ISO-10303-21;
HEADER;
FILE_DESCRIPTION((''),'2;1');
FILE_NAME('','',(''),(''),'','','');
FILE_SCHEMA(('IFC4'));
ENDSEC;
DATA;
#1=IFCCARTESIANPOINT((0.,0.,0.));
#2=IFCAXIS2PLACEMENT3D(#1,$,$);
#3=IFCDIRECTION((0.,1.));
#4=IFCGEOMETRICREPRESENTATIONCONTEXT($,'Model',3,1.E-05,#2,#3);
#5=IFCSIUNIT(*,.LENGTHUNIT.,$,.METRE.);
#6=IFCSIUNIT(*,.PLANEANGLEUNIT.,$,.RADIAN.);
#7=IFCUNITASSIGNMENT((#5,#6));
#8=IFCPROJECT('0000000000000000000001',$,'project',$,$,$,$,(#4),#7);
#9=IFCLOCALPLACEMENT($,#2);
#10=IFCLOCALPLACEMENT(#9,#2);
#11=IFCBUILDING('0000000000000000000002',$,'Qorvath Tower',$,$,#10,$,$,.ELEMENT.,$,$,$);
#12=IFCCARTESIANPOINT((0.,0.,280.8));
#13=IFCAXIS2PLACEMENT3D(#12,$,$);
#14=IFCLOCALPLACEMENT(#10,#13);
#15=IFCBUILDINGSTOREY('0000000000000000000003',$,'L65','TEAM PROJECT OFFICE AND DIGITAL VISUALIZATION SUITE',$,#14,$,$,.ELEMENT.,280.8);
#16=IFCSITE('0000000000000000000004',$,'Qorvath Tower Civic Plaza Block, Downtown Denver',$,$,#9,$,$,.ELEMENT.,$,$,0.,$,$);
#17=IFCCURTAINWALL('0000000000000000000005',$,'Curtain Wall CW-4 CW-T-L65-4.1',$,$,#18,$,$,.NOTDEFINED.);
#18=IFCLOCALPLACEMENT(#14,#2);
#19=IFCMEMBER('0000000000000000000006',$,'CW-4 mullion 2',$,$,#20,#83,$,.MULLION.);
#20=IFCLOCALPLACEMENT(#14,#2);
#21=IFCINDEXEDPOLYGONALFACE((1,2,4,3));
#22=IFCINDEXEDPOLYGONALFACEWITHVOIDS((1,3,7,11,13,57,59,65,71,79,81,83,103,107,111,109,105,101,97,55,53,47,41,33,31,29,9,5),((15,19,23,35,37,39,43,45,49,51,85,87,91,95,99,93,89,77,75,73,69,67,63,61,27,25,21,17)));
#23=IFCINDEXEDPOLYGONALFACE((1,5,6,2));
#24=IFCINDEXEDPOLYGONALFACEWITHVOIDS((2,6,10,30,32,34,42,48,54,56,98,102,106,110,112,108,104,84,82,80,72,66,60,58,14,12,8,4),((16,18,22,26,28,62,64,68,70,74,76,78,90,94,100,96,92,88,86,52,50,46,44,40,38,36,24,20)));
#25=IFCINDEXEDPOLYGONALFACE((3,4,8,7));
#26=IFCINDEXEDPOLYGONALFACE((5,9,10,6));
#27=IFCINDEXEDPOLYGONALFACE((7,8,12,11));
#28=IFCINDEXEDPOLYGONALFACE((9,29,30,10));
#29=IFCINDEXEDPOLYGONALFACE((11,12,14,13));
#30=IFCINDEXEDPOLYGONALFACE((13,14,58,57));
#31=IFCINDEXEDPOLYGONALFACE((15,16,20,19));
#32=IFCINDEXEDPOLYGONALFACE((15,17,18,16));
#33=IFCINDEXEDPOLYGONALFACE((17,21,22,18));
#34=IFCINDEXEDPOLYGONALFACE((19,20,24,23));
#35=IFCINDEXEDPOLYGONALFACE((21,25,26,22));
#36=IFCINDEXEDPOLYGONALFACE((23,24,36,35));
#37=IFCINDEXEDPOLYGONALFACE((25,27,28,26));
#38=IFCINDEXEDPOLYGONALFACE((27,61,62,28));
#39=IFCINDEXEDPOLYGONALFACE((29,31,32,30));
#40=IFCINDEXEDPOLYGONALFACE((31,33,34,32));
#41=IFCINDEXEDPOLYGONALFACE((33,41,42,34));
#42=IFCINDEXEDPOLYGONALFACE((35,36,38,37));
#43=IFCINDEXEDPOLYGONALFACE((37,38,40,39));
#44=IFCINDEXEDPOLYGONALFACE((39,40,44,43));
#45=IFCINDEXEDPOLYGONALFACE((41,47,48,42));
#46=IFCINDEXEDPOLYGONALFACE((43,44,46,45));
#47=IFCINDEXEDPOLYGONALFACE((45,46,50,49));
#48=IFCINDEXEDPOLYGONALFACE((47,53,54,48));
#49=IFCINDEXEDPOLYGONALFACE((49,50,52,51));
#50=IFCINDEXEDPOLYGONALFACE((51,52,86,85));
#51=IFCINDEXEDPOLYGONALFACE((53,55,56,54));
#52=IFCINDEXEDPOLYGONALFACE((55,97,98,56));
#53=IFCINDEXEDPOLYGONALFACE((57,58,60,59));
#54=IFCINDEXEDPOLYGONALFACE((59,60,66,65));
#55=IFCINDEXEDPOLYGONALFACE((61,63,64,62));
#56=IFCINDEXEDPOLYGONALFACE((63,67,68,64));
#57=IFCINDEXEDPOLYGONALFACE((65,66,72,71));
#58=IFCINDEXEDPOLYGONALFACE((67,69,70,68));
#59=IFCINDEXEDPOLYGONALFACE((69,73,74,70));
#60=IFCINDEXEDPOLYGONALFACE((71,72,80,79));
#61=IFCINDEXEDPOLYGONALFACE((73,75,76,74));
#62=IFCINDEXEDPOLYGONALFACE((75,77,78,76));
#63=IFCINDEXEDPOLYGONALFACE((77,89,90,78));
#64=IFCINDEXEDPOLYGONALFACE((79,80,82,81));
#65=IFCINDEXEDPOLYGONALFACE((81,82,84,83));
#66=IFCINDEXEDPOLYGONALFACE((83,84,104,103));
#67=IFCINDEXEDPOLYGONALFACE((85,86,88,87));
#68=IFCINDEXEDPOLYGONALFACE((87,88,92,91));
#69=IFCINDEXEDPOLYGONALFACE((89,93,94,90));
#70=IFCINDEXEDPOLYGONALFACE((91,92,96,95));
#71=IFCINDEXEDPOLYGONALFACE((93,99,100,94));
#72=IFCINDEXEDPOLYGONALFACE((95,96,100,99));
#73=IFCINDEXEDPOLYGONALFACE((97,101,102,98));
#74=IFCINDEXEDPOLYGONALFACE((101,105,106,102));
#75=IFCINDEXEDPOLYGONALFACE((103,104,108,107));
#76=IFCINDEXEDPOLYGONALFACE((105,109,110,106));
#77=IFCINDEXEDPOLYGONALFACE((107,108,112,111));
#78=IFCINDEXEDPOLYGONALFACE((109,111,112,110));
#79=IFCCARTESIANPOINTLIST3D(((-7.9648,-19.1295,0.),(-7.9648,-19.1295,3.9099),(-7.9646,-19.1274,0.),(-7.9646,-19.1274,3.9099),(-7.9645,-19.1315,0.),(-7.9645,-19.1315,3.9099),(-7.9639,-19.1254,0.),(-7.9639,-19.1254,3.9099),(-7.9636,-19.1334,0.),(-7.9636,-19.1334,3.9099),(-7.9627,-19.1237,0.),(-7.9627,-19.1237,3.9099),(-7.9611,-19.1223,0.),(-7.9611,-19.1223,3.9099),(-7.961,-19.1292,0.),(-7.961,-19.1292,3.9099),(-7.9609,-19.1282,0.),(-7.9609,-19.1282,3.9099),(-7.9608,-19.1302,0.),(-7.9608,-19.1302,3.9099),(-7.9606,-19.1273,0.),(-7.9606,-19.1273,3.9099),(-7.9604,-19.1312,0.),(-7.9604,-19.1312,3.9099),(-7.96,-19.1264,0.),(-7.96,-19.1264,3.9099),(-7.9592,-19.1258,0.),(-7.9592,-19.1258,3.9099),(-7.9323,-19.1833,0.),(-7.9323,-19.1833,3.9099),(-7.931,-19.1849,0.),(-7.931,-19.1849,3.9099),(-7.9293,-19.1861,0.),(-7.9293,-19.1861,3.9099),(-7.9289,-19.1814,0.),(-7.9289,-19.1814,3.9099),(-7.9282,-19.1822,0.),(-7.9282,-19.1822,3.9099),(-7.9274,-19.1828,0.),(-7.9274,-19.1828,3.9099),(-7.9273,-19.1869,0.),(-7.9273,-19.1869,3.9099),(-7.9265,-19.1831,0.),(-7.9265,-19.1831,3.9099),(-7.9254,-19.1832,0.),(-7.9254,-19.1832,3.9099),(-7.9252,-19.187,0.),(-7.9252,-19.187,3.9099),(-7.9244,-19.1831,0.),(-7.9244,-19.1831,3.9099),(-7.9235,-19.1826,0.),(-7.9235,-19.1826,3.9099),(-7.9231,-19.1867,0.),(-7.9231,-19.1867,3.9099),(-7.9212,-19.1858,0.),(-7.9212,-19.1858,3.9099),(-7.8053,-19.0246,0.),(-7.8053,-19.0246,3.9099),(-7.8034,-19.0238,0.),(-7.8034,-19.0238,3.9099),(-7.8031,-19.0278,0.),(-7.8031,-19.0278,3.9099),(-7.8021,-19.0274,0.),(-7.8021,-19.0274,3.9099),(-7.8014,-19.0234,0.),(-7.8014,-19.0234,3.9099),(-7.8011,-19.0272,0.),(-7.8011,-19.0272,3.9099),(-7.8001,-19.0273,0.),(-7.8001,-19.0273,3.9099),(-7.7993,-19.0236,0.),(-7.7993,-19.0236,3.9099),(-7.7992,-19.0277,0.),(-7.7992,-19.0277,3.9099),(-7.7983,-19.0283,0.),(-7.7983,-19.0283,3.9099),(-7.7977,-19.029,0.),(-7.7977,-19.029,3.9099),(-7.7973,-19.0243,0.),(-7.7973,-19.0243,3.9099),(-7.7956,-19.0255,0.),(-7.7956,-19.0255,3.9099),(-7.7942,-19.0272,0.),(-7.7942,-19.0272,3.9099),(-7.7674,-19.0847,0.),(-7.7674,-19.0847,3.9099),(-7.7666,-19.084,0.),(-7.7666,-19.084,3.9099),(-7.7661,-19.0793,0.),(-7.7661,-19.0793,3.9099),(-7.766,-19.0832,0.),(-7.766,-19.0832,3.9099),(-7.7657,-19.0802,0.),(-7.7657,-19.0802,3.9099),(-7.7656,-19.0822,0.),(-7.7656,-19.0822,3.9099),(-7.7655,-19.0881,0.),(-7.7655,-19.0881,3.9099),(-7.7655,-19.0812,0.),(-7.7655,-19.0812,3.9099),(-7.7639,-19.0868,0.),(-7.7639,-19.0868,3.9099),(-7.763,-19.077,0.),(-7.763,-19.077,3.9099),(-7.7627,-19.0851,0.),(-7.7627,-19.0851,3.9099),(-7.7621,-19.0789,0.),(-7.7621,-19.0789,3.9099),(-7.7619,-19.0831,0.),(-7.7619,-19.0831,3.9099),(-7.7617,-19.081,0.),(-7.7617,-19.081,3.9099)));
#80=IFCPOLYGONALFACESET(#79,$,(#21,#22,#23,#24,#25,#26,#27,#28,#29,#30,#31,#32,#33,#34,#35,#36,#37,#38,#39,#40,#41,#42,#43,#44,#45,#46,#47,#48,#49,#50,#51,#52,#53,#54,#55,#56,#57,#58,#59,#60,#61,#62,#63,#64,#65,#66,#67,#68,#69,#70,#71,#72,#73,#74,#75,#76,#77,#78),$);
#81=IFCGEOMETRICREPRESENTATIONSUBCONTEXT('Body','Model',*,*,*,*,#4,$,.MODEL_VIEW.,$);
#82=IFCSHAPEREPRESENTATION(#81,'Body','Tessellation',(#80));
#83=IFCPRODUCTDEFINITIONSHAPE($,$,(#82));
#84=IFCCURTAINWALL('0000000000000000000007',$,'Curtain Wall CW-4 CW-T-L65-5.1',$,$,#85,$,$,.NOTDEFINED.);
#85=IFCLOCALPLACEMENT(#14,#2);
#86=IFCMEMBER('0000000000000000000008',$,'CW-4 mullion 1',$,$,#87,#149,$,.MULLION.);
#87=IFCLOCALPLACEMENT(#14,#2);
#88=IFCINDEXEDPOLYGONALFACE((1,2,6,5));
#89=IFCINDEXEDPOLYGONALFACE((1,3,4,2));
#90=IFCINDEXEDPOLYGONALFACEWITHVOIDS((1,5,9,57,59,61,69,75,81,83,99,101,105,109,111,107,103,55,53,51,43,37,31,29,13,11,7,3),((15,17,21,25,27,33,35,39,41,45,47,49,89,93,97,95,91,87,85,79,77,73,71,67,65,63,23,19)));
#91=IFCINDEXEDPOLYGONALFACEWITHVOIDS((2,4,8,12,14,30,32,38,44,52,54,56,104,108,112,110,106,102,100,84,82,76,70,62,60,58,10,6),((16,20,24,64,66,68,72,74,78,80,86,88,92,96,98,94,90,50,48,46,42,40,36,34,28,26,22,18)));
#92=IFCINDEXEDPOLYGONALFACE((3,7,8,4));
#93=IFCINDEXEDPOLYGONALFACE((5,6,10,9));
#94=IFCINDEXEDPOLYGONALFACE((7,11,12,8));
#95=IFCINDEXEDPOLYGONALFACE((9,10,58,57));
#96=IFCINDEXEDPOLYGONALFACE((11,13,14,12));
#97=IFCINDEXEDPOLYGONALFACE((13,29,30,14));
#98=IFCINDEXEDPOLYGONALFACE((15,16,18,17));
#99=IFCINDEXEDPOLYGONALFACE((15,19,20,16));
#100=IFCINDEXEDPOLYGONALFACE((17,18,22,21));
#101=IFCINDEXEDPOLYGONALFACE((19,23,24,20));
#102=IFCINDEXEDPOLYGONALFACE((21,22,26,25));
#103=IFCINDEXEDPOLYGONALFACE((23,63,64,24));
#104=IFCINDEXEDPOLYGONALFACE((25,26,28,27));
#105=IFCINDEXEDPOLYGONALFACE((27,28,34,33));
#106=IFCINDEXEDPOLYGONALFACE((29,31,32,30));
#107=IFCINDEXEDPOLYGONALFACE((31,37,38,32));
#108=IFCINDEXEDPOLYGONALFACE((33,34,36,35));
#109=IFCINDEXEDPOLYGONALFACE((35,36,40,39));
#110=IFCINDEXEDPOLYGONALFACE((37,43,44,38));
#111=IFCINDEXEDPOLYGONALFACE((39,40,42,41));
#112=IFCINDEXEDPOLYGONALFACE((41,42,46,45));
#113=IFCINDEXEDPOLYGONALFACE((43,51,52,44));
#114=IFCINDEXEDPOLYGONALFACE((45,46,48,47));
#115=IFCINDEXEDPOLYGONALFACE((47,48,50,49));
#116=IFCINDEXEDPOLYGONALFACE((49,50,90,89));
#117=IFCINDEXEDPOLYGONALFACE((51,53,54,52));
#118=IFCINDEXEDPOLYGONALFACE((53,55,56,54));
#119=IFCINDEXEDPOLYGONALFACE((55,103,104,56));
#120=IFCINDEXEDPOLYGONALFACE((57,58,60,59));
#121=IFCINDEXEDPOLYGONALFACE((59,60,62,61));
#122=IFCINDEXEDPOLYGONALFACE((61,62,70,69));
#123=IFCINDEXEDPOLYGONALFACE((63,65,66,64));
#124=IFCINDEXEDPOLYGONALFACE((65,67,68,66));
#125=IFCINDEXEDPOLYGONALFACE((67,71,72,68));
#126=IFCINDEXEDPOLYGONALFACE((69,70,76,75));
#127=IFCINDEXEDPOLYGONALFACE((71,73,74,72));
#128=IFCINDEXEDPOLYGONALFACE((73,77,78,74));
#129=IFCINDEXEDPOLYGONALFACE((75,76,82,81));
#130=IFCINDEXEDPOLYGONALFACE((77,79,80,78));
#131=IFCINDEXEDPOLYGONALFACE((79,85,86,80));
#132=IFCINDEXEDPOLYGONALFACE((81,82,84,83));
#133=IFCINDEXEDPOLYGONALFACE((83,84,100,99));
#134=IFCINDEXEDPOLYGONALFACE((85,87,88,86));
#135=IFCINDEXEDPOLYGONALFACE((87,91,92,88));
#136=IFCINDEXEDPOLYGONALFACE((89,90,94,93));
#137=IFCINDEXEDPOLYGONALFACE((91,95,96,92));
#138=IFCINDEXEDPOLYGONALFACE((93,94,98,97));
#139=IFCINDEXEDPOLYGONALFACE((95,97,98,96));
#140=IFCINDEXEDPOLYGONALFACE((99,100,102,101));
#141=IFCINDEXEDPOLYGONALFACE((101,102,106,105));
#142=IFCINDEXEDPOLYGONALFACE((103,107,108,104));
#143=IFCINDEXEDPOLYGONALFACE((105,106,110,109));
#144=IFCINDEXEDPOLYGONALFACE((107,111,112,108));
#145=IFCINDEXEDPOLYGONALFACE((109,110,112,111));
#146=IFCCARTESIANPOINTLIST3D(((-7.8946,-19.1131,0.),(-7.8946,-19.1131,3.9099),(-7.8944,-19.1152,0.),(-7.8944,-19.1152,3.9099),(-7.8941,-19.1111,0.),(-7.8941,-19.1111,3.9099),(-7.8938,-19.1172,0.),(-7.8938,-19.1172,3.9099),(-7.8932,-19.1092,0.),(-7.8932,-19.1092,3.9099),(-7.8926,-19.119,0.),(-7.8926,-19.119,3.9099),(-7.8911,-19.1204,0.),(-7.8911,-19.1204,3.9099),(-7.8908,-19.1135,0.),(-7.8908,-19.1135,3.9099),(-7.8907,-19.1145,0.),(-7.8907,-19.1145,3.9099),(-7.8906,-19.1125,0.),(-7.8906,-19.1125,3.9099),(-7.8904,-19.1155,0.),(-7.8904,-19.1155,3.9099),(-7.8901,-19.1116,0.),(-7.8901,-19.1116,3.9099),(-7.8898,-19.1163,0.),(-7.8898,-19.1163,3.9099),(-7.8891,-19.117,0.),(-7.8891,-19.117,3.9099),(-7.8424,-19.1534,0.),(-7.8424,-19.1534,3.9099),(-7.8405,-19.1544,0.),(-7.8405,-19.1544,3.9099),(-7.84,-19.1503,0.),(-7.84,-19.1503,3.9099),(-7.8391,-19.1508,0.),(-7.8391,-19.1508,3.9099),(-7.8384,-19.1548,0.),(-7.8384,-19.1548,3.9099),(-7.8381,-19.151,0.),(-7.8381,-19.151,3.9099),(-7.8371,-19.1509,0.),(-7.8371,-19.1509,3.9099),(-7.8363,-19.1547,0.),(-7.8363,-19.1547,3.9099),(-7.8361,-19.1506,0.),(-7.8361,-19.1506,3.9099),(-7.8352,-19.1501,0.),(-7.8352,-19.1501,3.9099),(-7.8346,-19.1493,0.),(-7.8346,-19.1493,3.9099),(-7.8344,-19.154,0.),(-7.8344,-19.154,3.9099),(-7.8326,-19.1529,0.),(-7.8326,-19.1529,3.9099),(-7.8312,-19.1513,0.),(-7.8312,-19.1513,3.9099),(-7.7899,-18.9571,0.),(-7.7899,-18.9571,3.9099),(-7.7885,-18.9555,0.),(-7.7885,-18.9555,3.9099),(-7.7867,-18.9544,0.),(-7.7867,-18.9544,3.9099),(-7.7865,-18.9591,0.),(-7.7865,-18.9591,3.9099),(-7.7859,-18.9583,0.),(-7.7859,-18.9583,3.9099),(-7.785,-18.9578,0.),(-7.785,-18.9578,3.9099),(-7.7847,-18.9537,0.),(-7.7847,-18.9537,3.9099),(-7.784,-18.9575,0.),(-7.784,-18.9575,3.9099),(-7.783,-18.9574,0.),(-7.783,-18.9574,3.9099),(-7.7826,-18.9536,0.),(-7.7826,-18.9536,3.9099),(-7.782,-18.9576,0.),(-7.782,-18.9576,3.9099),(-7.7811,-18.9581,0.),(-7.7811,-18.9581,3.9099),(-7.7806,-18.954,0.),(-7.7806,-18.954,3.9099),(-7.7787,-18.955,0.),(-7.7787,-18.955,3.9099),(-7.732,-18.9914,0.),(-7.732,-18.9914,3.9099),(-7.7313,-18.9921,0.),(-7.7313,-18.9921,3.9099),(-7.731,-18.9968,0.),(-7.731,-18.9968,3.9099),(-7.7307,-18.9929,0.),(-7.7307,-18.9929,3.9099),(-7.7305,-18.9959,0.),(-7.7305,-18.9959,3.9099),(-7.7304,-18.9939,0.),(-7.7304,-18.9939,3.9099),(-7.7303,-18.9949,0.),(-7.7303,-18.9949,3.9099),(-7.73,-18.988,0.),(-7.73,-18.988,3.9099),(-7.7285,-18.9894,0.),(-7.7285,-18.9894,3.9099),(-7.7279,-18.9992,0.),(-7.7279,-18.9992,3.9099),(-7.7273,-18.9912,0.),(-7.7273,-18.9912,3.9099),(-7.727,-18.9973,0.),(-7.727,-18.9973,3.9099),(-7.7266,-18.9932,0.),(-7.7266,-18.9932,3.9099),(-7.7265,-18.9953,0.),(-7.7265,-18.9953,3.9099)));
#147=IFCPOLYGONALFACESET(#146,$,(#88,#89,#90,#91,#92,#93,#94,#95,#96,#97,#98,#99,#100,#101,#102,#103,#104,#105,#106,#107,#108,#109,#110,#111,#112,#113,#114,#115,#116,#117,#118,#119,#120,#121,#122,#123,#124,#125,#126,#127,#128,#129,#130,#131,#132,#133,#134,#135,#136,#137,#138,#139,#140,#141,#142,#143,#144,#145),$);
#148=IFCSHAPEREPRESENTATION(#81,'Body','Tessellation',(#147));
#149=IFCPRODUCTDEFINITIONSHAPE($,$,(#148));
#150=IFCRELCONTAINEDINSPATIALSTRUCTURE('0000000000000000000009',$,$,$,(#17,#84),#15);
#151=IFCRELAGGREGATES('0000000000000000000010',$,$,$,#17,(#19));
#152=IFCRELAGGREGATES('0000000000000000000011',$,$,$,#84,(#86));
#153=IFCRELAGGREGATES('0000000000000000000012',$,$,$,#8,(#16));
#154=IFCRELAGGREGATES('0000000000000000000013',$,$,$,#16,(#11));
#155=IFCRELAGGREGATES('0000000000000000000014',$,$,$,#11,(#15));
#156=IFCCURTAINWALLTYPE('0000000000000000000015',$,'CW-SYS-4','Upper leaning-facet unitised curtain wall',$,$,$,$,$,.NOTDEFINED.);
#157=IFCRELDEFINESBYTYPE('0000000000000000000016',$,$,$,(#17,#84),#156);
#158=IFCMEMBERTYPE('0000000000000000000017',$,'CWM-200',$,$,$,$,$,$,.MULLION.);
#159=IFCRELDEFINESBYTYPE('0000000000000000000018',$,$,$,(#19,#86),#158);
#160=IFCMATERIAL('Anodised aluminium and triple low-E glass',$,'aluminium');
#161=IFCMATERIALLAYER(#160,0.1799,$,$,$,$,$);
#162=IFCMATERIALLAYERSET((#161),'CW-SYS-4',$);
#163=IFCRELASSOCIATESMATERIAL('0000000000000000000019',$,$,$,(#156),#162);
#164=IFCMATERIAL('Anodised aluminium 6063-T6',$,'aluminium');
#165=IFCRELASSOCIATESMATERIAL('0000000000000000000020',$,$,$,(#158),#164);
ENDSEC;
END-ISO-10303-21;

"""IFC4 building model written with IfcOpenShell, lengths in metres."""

from ifc_helpers import new_model, si_unit, direction, frame, origin, origin_2d, place, context, subcontext, project, spatial, hollow_rectangle, extrude, material, layer, layer_set, material_profile, profile_set, type_object, element, aggregate, save


model = new_model("IFC4")

# Units and contexts
model_context = context("Model", 3, precision=1e-05, world=origin(), true_north=direction((0.0, 1.0)))
body_context = subcontext(model_context, "Body", "Model", "MODEL_VIEW")
ifc_project = project(units=[si_unit("LENGTHUNIT", "METRE"), si_unit("PLANEANGLEUNIT", "RADIAN")], contexts=[model_context])

# Site, building, storey
site_placement = place(None, origin())
site = spatial("IfcSite", under=ifc_project, at=site_placement, Name="Qorvath Tower Civic Plaza Block, Downtown Denver", CompositionType="ELEMENT", RefElevation=0.0)
building_placement = place(site_placement, origin())
building = spatial("IfcBuilding", under=site, at=building_placement, Name="Qorvath Tower", CompositionType="ELEMENT")
storey_placement = place(building_placement, frame((0.0, 0.0, 280.8)))
storey = spatial("IfcBuildingStorey", under=building, at=storey_placement, Name="L65", Description="TEAM PROJECT OFFICE AND DIGITAL VISUALIZATION SUITE", CompositionType="ELEMENT", Elevation=280.8)

# Shared definitions
ifc_material_1 = material(Name="Anodised aluminium and triple low-E glass", Category="aluminium")
ifc_layer_1 = layer(ifc_material_1, 0.1799)
ifc_layer_set_1 = layer_set([ifc_layer_1], Name="CW-SYS-4")
curtain_wall_type = type_object("IfcCurtainWallType", Name="CW-SYS-4", Description="Upper leaning-facet unitised curtain wall", PredefinedType="NOTDEFINED", material=ifc_layer_set_1)
ifc_material_2 = material(Name="Anodised aluminium 6063-T6", Category="aluminium")
ifc_material_profile_1 = material_profile(ifc_material_2, hollow_rectangle(XDim=0.075, YDim=0.2, WallThickness=0.0039, InnerFilletRadius=0.0039, OuterFilletRadius=0.0081, at=origin_2d()), Name="CWM 200x75")
ifc_profile_set_1 = profile_set([ifc_material_profile_1], Name="Anodised aluminium 6063-T6")
member_type_1 = type_object("IfcMemberType", Name="CWM-200", PredefinedType="MULLION", material=ifc_profile_set_1)

# Curtain wall, member
curtain_wall_1_placement = place(storey_placement, origin())
curtain_wall_1 = element("IfcCurtainWall", 1, at=curtain_wall_1_placement, inside=storey, type_object=curtain_wall_type, Name="Curtain Wall CW-4 CW-T-L65-4.1", PredefinedType="NOTDEFINED")
member_1_placement = place(storey_placement, frame((-7.8633, -19.1052, 0.0), z_axis=(0.0, 0.0, 1.0), x_axis=(-0.531481, 0.84707, 0.0)))
member_1 = element("IfcMember", 2, at=member_1_placement, type_object=member_type_1, Name="CW-4 mullion 2", PredefinedType="MULLION", context=body_context, shape_type="SweptSolid", body=[
    extrude(hollow_rectangle(XDim=0.075, YDim=0.2, WallThickness=0.0039, InnerFilletRadius=0.0039, OuterFilletRadius=0.0081, at=origin_2d()), origin(), (0.0, 0.0, 1.0), 3.9099),
])

# Curtain wall, member
curtain_wall_2_placement = place(storey_placement, origin())
curtain_wall_2 = element("IfcCurtainWall", 3, at=curtain_wall_2_placement, inside=storey, type_object=curtain_wall_type, Name="Curtain Wall CW-4 CW-T-L65-5.1", PredefinedType="NOTDEFINED")
member_2_placement = place(storey_placement, frame((-7.8105, -19.0542, 0.0), z_axis=(0.0, 0.0, 1.0), x_axis=(-0.827205, 0.5619, 0.0)))
member_2 = element("IfcMember", 4, at=member_2_placement, type_object=member_type_1, Name="CW-4 mullion 1", PredefinedType="MULLION", context=body_context, shape_type="SweptSolid", body=[
    extrude(hollow_rectangle(XDim=0.075, YDim=0.2, WallThickness=0.0039, InnerFilletRadius=0.0039, OuterFilletRadius=0.0081, at=origin_2d()), origin(), (0.0, 0.0, 1.0), 3.9099),
])

aggregate(curtain_wall_1, [member_1])
aggregate(curtain_wall_2, [member_2])

save(model, "model.ifc")
